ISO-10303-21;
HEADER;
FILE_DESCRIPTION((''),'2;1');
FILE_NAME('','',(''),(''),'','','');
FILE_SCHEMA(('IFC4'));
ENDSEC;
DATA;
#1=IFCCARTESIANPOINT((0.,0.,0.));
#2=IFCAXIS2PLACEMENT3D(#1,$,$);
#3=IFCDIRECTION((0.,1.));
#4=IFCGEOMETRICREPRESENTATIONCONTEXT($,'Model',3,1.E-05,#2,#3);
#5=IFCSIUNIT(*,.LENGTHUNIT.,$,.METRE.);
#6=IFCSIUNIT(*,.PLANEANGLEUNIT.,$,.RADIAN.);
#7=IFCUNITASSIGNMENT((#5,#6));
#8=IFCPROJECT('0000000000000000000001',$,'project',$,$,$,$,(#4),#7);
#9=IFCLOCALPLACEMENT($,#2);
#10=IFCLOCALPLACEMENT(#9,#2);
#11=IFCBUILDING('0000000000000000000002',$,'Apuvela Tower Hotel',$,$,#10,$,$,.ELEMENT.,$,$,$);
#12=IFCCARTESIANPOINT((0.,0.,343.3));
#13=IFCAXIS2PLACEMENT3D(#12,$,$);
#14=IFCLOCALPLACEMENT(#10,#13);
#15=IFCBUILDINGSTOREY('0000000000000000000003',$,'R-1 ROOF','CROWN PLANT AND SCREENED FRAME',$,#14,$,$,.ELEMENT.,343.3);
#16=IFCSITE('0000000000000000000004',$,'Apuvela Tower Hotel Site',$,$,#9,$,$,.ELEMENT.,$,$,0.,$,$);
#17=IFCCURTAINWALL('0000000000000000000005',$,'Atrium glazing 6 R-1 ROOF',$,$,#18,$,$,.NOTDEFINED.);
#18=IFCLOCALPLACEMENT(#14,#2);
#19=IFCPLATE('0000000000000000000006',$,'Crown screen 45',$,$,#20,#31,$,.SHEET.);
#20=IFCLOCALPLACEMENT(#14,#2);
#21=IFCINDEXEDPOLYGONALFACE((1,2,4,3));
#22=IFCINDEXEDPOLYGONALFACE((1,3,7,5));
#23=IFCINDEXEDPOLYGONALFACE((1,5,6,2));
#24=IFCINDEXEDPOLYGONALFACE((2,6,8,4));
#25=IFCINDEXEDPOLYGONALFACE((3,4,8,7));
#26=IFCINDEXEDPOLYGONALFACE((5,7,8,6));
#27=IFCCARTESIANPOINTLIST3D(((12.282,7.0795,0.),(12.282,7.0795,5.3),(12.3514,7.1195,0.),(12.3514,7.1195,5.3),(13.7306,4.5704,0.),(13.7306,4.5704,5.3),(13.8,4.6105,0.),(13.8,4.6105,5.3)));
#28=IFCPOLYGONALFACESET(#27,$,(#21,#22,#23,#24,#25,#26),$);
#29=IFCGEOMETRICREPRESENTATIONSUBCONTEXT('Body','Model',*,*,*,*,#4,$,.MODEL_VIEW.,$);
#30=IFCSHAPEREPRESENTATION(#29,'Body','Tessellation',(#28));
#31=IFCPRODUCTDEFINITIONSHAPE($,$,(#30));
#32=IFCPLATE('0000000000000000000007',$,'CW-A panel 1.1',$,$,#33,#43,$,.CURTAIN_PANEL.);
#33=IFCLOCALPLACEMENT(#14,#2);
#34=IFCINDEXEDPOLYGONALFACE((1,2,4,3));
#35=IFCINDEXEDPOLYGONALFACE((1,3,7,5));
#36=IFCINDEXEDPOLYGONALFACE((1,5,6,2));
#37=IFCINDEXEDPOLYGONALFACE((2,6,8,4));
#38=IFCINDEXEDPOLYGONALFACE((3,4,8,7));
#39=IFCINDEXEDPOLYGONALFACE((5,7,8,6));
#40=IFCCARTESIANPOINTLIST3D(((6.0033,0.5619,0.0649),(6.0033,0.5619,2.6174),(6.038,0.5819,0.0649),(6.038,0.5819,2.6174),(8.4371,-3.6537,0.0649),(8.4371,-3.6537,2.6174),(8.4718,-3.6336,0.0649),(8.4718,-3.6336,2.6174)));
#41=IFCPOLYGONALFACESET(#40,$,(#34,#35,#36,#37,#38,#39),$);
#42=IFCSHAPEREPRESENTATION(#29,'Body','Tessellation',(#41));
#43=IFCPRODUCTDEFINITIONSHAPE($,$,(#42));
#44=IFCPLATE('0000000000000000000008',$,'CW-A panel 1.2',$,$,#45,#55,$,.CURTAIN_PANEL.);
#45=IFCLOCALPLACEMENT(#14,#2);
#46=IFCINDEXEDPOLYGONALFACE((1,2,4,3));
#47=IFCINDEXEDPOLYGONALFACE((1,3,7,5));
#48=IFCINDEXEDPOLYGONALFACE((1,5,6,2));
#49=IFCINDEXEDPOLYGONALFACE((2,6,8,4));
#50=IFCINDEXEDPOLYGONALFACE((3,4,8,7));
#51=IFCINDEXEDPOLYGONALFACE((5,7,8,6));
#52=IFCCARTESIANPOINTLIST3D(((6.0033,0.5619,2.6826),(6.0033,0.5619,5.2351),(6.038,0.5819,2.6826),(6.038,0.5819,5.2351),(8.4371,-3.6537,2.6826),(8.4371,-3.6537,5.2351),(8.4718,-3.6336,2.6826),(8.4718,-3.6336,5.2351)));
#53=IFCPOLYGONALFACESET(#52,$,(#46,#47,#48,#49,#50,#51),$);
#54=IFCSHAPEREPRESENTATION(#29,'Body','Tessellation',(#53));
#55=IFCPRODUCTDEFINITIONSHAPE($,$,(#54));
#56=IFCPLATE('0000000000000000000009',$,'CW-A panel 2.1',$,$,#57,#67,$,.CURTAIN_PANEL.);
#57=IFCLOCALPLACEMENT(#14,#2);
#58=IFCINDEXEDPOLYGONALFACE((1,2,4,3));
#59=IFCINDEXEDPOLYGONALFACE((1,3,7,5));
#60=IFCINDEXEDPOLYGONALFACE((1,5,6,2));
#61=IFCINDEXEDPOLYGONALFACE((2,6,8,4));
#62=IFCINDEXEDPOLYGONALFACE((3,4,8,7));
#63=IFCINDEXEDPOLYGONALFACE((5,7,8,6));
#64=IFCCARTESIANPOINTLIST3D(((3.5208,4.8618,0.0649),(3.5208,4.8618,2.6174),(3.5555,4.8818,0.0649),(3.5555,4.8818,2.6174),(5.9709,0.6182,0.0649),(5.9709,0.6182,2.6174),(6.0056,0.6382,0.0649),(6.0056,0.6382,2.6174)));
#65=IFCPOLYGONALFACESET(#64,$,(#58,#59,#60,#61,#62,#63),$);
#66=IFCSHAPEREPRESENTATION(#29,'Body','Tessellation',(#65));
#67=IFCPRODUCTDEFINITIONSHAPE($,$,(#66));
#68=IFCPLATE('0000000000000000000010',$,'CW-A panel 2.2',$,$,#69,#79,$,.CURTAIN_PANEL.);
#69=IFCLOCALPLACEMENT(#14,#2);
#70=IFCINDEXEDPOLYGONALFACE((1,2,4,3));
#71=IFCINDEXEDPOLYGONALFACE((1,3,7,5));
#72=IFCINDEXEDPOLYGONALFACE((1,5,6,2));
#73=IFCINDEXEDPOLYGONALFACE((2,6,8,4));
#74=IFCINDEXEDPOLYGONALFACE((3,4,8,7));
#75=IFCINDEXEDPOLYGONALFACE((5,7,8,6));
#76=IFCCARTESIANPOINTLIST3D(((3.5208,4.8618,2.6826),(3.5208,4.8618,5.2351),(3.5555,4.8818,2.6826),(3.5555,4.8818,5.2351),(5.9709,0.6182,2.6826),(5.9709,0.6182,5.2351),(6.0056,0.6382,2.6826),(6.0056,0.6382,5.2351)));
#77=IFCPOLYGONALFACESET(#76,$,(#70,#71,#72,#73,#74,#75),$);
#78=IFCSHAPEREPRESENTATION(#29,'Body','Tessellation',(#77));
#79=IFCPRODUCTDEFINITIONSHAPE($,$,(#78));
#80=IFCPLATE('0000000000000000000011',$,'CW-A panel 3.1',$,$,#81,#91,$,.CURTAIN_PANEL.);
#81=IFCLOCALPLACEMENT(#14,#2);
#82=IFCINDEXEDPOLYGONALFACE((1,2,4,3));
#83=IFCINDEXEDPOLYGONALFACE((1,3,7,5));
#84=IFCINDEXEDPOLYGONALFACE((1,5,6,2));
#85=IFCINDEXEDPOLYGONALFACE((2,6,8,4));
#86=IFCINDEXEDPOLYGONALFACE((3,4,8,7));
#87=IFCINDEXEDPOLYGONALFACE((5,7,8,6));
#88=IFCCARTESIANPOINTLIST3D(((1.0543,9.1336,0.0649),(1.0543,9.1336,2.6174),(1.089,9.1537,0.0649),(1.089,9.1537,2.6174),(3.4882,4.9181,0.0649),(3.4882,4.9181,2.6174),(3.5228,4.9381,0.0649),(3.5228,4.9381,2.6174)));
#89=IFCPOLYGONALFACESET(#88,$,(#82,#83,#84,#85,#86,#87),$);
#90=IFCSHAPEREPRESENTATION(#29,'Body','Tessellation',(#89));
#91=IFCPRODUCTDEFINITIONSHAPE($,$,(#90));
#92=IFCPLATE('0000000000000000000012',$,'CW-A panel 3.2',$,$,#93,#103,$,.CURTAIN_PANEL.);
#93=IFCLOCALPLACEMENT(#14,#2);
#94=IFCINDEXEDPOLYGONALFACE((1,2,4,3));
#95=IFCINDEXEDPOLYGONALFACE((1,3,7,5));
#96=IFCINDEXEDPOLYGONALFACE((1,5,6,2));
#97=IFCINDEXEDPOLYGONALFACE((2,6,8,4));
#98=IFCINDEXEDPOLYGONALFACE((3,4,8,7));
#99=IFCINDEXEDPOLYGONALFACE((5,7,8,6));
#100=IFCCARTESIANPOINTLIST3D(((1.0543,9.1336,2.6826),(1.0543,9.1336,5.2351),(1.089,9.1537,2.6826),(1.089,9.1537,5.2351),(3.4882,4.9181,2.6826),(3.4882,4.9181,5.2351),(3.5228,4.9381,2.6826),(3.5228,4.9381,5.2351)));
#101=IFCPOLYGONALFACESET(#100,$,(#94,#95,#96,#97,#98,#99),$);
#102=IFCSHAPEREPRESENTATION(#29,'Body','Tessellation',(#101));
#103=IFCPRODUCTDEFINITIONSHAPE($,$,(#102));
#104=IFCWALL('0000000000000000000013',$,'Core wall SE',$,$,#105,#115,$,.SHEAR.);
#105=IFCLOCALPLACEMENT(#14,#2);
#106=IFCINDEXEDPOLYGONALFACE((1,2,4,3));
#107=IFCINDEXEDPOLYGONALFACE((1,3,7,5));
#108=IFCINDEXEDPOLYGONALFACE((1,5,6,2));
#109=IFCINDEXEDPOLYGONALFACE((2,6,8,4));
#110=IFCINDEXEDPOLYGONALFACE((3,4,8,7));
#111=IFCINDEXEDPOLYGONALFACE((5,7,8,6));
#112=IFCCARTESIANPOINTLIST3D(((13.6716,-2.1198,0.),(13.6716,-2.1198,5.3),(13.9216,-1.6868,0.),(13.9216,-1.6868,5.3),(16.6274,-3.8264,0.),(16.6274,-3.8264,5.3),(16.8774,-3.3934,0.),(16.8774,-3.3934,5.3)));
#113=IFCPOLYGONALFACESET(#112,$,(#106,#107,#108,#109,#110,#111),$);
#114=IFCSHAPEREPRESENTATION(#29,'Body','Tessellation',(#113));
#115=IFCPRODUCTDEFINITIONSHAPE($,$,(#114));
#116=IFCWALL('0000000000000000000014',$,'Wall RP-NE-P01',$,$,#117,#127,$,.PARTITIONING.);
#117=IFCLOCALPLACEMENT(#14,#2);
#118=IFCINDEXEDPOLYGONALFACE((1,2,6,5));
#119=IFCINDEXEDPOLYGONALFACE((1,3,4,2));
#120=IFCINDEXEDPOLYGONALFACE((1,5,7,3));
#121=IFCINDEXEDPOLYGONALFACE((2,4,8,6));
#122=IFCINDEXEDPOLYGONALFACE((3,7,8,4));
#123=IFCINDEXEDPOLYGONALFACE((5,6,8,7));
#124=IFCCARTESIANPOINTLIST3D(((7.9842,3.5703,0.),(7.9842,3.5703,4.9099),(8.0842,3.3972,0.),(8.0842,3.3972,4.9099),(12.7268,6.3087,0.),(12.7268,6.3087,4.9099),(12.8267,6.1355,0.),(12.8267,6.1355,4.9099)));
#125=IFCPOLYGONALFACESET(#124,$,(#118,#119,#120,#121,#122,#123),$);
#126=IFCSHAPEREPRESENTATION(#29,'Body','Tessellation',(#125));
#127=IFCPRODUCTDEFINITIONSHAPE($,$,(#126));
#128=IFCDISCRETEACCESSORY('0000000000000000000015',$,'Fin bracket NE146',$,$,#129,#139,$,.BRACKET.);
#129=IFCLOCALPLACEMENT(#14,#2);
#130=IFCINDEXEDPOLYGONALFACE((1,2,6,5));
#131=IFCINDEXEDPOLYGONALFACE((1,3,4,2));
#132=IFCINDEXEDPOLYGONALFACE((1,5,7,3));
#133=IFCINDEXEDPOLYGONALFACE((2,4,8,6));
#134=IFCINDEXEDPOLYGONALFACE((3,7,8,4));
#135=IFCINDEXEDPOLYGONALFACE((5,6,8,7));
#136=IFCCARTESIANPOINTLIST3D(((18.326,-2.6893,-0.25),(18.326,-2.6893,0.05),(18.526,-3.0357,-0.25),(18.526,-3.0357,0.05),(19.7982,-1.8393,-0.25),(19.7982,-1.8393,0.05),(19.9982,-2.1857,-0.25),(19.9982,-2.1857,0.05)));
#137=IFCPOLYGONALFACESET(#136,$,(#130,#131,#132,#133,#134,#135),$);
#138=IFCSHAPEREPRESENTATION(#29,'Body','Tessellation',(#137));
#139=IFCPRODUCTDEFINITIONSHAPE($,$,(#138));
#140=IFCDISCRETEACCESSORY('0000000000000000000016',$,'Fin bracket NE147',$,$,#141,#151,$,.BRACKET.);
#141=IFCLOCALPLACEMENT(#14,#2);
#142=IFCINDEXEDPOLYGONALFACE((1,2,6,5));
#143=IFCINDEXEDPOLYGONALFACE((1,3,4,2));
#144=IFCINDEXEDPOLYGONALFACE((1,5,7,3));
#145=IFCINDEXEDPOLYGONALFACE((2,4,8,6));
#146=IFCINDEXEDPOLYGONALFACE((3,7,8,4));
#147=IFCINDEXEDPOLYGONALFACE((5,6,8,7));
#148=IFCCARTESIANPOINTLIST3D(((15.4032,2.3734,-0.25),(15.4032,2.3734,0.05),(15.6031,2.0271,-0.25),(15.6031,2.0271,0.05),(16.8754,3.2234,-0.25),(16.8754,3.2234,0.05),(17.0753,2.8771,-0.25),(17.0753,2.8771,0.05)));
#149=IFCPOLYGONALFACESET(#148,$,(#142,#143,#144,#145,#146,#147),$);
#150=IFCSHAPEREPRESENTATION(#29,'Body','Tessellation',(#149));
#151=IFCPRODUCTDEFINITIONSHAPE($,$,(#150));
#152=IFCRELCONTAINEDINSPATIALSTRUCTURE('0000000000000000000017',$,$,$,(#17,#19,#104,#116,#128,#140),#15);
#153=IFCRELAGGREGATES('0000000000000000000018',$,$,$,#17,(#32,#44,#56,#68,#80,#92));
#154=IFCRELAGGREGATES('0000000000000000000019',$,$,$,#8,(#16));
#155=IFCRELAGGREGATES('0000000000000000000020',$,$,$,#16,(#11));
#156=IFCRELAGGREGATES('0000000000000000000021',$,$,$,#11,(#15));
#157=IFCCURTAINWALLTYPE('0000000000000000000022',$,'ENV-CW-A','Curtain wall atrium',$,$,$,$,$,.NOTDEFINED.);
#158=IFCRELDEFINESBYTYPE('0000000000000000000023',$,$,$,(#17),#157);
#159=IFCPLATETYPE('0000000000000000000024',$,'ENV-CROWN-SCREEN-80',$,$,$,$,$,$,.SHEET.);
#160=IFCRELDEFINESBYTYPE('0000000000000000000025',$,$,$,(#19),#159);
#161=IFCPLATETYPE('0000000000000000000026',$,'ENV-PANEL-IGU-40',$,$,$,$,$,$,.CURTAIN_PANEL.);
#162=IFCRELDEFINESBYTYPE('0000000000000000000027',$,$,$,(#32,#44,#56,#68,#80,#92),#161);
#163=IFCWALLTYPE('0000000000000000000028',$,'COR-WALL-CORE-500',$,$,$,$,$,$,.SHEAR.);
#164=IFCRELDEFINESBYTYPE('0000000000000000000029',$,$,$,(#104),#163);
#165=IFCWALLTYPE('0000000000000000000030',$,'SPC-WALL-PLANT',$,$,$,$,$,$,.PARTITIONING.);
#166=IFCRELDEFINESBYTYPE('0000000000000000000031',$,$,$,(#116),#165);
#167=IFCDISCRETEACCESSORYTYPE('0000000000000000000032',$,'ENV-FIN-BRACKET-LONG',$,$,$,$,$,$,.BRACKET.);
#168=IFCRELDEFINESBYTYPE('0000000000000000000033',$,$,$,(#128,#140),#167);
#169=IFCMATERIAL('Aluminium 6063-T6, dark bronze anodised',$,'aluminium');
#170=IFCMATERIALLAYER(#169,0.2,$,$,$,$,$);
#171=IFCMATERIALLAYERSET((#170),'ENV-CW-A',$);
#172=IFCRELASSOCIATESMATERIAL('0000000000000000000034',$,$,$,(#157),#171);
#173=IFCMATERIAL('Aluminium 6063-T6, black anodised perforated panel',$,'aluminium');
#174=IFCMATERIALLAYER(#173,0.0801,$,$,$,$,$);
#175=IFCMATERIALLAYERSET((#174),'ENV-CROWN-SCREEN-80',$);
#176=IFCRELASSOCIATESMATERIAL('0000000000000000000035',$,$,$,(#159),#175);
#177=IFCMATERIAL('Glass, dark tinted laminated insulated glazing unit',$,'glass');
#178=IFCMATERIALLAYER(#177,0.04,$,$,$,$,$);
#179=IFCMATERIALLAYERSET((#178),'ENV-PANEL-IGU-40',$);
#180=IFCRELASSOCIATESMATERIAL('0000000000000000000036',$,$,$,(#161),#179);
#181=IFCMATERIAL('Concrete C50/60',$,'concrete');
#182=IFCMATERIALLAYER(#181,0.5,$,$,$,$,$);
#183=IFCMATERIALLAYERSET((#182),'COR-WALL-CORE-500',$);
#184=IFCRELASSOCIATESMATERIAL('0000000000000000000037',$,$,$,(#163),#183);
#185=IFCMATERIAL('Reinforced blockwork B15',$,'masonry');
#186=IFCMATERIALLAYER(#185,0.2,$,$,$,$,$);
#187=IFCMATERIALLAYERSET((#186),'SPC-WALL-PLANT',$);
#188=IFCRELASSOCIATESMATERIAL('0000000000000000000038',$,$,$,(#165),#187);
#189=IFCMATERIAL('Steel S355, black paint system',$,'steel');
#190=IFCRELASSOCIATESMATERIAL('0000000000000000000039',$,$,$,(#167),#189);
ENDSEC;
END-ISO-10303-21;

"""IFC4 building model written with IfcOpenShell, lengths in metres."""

from ifc_helpers import new_model, si_unit, direction, frame, frame_2d, origin, origin_2d, place, context, subcontext, project, spatial, rectangle, extrude, material, layer, layer_set, type_object, element, aggregate, save


model = new_model("IFC4")

# Units and contexts
model_context = context("Model", 3, precision=1e-05, world=origin(), true_north=direction((0.0, 1.0)))
body_context = subcontext(model_context, "Body", "Model", "MODEL_VIEW")
ifc_project = project(units=[si_unit("LENGTHUNIT", "METRE"), si_unit("PLANEANGLEUNIT", "RADIAN")], contexts=[model_context])

# Site, building, storey
site_placement = place(None, origin())
site = spatial("IfcSite", under=ifc_project, at=site_placement, Name="Apuvela Tower Hotel Site", CompositionType="ELEMENT", RefElevation=0.0)
building_placement = place(site_placement, origin())
building = spatial("IfcBuilding", under=site, at=building_placement, Name="Apuvela Tower Hotel", CompositionType="ELEMENT")
storey_placement = place(building_placement, frame((0.0, 0.0, 343.3)))
storey = spatial("IfcBuildingStorey", under=building, at=storey_placement, Name="R-1 ROOF", Description="CROWN PLANT AND SCREENED FRAME", CompositionType="ELEMENT", Elevation=343.3)

# Shared definitions
ifc_material_1 = material(Name="Aluminium 6063-T6, dark bronze anodised", Category="aluminium")

# Curtain wall
ifc_layer_1 = layer(ifc_material_1, 0.2)
ifc_layer_set_1 = layer_set([ifc_layer_1], Name="ENV-CW-A")
curtain_wall_type_1 = type_object("IfcCurtainWallType", Name="ENV-CW-A", Description="Curtain wall atrium", PredefinedType="NOTDEFINED", material=ifc_layer_set_1)
curtain_wall_1_placement = place(storey_placement, origin())
curtain_wall_1 = element("IfcCurtainWall", 1, at=curtain_wall_1_placement, inside=storey, type_object=curtain_wall_type_1, Name="Atrium glazing 6 R-1 ROOF", PredefinedType="NOTDEFINED")

# Shared definitions
ifc_material_2 = material(Name="Concrete C50/60", Category="concrete")

# Plate
ifc_material_3 = material(Name="Aluminium 6063-T6, black anodised perforated panel", Category="aluminium")
ifc_layer_2 = layer(ifc_material_3, 0.0801)
ifc_layer_set_2 = layer_set([ifc_layer_2], Name="ENV-CROWN-SCREEN-80")
plate_type_1 = type_object("IfcPlateType", Name="ENV-CROWN-SCREEN-80", PredefinedType="SHEET", material=ifc_layer_set_2)
for number, where, z_axis, x_axis, name in (
    (2, (13.041, 5.845, 0.0), (0.0, 0.0, 1.0), (-0.5, 0.866025, 0.0), "Crown screen 45"),
):
    element("IfcPlate", number, at=place(storey_placement, frame(where, z_axis=z_axis, x_axis=x_axis)), inside=storey, type_object=plate_type_1, Name=name, PredefinedType="SHEET", context=body_context, shape_type="SweptSolid", body=[
        extrude(rectangle(XDim=2.8972, YDim=0.0801, at=origin_2d()), origin(), (0.0, 0.0, 1.0), 5.3),
    ])

# Plates
ifc_material_4 = material(Name="Glass, dark tinted laminated insulated glazing unit", Category="glass")
ifc_layer_3 = layer(ifc_material_4, 0.04)
ifc_layer_set_3 = layer_set([ifc_layer_3], Name="ENV-PANEL-IGU-40")
plate_type_2 = type_object("IfcPlateType", Name="ENV-PANEL-IGU-40", PredefinedType="CURTAIN_PANEL", material=ifc_layer_set_3)
plate_1_placement = place(storey_placement, frame((7.2375, -1.5359, 0.0649), z_axis=(0.0, 0.0, 1.0), x_axis=(-0.499999, 0.866026, 0.0)))
plate_1 = element("IfcPlate", 3, at=plate_1_placement, type_object=plate_type_2, Name="CW-A panel 1.1", PredefinedType="CURTAIN_PANEL", context=body_context, shape_type="SweptSolid", body=[
    extrude(rectangle(XDim=4.8677, YDim=0.04, at=origin_2d()), origin(), (0.0, 0.0, 1.0), 2.5525),
])
plate_2_placement = place(storey_placement, frame((7.2375, -1.5359, 2.6826), z_axis=(0.0, 0.0, 1.0), x_axis=(-0.499999, 0.866026, 0.0)))
plate_2 = element("IfcPlate", 4, at=plate_2_placement, type_object=plate_type_2, Name="CW-A panel 1.2", PredefinedType="CURTAIN_PANEL", context=body_context, shape_type="SweptSolid", body=[
    extrude(rectangle(XDim=4.8677, YDim=0.04, at=origin_2d()), origin(), (0.0, 0.0, 1.0), 2.5525),
])
plate_3_placement = place(storey_placement, frame((4.7632, 2.75, 0.0649), z_axis=(0.0, 0.0, 1.0), x_axis=(-0.499999, 0.866026, 0.0)))
plate_3 = element("IfcPlate", 5, at=plate_3_placement, type_object=plate_type_2, Name="CW-A panel 2.1", PredefinedType="CURTAIN_PANEL", context=body_context, shape_type="SweptSolid", body=[
    extrude(rectangle(XDim=4.9001, YDim=0.04, at=origin_2d()), origin(), (0.0, 0.0, 1.0), 2.5525),
])
plate_4_placement = place(storey_placement, frame((4.7632, 2.75, 2.6826), z_axis=(0.0, 0.0, 1.0), x_axis=(-0.499999, 0.866026, 0.0)))
plate_4 = element("IfcPlate", 6, at=plate_4_placement, type_object=plate_type_2, Name="CW-A panel 2.2", PredefinedType="CURTAIN_PANEL", context=body_context, shape_type="SweptSolid", body=[
    extrude(rectangle(XDim=4.9001, YDim=0.04, at=origin_2d()), origin(), (0.0, 0.0, 1.0), 2.5525),
])
plate_5_placement = place(storey_placement, frame((2.2886, 7.0359, 0.0649), z_axis=(0.0, 0.0, 1.0), x_axis=(-0.499999, 0.866026, 0.0)))
plate_5 = element("IfcPlate", 7, at=plate_5_placement, type_object=plate_type_2, Name="CW-A panel 3.1", PredefinedType="CURTAIN_PANEL", context=body_context, shape_type="SweptSolid", body=[
    extrude(rectangle(XDim=4.8677, YDim=0.04, at=origin_2d()), origin(), (0.0, 0.0, 1.0), 2.5525),
])
plate_6_placement = place(storey_placement, frame((2.2886, 7.0359, 2.6826), z_axis=(0.0, 0.0, 1.0), x_axis=(-0.499999, 0.866026, 0.0)))
plate_6 = element("IfcPlate", 8, at=plate_6_placement, type_object=plate_type_2, Name="CW-A panel 3.2", PredefinedType="CURTAIN_PANEL", context=body_context, shape_type="SweptSolid", body=[
    extrude(rectangle(XDim=4.8677, YDim=0.04, at=origin_2d()), origin(), (0.0, 0.0, 1.0), 2.5525),
])
aggregate(curtain_wall_1, [plate_1, plate_2, plate_3, plate_4, plate_5, plate_6])

# Walls
ifc_layer_4 = layer(ifc_material_2, 0.5)
ifc_layer_set_4 = layer_set([ifc_layer_4], Name="COR-WALL-CORE-500")
wall_type_1 = type_object("IfcWallType", Name="COR-WALL-CORE-500", PredefinedType="SHEAR", material=ifc_layer_set_4)
wall_1_placement = place(storey_placement, frame((13.7966, -1.9033, 0.0), z_axis=(0.0, 0.0, 1.0), x_axis=(0.866025, -0.500001, 0.0)))
element("IfcWall", 9, at=wall_1_placement, inside=storey, type_object=wall_type_1, Name="Core wall SE", PredefinedType="SHEAR", context=body_context, shape_type="SweptSolid", body=[
    extrude(rectangle(XDim=3.4131, YDim=0.5, at=frame_2d((1.7065, 0.0))), origin(), (0.0, 0.0, 1.0), 5.3),
])
ifc_material_5 = material(Name="Reinforced blockwork B15", Category="masonry")
ifc_layer_5 = layer(ifc_material_5, 0.2)
ifc_layer_set_5 = layer_set([ifc_layer_5], Name="SPC-WALL-PLANT")
wall_type_2 = type_object("IfcWallType", Name="SPC-WALL-PLANT", PredefinedType="PARTITIONING", material=ifc_layer_set_5)
wall_2_placement = place(storey_placement, frame((12.7769, 6.2222, 0.0), z_axis=(0.0, 0.0, 1.0), x_axis=(-0.866007, -0.500032, 0.0)))
element("IfcWall", 10, at=wall_2_placement, inside=storey, type_object=wall_type_2, Name="Wall RP-NE-P01", PredefinedType="PARTITIONING", context=body_context, shape_type="SweptSolid", body=[
    extrude(rectangle(XDim=5.4763, YDim=0.2, at=frame_2d((2.7383, 0.0))), origin(), (0.0, 0.0, 1.0), 4.9099),
])

# Discrete accessories
ifc_material_6 = material(Name="Steel S355, black paint system", Category="steel")
discrete_accessory_type = type_object("IfcDiscreteAccessoryType", Name="ENV-FIN-BRACKET-LONG", PredefinedType="BRACKET", material=ifc_material_6)
for number, where, z_axis, x_axis, name in (
    (11, (19.1621, -2.4375, -0.25), (0.0, 0.0, 1.0), (-0.5, 0.866025, 0.0), "Fin bracket NE146"),
    (12, (16.2393, 2.6252, -0.25), (0.0, 0.0, 1.0), (-0.5, 0.866025, 0.0), "Fin bracket NE147"),
):
    element("IfcDiscreteAccessory", number, at=place(storey_placement, frame(where, z_axis=z_axis, x_axis=x_axis)), inside=storey, type_object=discrete_accessory_type, Name=name, PredefinedType="BRACKET", context=body_context, shape_type="SweptSolid", body=[
        extrude(rectangle(XDim=0.3999, YDim=1.7, at=origin_2d()), origin(), (0.0, 0.0, 1.0), 0.3),
    ])

save(model, "model.ifc")
